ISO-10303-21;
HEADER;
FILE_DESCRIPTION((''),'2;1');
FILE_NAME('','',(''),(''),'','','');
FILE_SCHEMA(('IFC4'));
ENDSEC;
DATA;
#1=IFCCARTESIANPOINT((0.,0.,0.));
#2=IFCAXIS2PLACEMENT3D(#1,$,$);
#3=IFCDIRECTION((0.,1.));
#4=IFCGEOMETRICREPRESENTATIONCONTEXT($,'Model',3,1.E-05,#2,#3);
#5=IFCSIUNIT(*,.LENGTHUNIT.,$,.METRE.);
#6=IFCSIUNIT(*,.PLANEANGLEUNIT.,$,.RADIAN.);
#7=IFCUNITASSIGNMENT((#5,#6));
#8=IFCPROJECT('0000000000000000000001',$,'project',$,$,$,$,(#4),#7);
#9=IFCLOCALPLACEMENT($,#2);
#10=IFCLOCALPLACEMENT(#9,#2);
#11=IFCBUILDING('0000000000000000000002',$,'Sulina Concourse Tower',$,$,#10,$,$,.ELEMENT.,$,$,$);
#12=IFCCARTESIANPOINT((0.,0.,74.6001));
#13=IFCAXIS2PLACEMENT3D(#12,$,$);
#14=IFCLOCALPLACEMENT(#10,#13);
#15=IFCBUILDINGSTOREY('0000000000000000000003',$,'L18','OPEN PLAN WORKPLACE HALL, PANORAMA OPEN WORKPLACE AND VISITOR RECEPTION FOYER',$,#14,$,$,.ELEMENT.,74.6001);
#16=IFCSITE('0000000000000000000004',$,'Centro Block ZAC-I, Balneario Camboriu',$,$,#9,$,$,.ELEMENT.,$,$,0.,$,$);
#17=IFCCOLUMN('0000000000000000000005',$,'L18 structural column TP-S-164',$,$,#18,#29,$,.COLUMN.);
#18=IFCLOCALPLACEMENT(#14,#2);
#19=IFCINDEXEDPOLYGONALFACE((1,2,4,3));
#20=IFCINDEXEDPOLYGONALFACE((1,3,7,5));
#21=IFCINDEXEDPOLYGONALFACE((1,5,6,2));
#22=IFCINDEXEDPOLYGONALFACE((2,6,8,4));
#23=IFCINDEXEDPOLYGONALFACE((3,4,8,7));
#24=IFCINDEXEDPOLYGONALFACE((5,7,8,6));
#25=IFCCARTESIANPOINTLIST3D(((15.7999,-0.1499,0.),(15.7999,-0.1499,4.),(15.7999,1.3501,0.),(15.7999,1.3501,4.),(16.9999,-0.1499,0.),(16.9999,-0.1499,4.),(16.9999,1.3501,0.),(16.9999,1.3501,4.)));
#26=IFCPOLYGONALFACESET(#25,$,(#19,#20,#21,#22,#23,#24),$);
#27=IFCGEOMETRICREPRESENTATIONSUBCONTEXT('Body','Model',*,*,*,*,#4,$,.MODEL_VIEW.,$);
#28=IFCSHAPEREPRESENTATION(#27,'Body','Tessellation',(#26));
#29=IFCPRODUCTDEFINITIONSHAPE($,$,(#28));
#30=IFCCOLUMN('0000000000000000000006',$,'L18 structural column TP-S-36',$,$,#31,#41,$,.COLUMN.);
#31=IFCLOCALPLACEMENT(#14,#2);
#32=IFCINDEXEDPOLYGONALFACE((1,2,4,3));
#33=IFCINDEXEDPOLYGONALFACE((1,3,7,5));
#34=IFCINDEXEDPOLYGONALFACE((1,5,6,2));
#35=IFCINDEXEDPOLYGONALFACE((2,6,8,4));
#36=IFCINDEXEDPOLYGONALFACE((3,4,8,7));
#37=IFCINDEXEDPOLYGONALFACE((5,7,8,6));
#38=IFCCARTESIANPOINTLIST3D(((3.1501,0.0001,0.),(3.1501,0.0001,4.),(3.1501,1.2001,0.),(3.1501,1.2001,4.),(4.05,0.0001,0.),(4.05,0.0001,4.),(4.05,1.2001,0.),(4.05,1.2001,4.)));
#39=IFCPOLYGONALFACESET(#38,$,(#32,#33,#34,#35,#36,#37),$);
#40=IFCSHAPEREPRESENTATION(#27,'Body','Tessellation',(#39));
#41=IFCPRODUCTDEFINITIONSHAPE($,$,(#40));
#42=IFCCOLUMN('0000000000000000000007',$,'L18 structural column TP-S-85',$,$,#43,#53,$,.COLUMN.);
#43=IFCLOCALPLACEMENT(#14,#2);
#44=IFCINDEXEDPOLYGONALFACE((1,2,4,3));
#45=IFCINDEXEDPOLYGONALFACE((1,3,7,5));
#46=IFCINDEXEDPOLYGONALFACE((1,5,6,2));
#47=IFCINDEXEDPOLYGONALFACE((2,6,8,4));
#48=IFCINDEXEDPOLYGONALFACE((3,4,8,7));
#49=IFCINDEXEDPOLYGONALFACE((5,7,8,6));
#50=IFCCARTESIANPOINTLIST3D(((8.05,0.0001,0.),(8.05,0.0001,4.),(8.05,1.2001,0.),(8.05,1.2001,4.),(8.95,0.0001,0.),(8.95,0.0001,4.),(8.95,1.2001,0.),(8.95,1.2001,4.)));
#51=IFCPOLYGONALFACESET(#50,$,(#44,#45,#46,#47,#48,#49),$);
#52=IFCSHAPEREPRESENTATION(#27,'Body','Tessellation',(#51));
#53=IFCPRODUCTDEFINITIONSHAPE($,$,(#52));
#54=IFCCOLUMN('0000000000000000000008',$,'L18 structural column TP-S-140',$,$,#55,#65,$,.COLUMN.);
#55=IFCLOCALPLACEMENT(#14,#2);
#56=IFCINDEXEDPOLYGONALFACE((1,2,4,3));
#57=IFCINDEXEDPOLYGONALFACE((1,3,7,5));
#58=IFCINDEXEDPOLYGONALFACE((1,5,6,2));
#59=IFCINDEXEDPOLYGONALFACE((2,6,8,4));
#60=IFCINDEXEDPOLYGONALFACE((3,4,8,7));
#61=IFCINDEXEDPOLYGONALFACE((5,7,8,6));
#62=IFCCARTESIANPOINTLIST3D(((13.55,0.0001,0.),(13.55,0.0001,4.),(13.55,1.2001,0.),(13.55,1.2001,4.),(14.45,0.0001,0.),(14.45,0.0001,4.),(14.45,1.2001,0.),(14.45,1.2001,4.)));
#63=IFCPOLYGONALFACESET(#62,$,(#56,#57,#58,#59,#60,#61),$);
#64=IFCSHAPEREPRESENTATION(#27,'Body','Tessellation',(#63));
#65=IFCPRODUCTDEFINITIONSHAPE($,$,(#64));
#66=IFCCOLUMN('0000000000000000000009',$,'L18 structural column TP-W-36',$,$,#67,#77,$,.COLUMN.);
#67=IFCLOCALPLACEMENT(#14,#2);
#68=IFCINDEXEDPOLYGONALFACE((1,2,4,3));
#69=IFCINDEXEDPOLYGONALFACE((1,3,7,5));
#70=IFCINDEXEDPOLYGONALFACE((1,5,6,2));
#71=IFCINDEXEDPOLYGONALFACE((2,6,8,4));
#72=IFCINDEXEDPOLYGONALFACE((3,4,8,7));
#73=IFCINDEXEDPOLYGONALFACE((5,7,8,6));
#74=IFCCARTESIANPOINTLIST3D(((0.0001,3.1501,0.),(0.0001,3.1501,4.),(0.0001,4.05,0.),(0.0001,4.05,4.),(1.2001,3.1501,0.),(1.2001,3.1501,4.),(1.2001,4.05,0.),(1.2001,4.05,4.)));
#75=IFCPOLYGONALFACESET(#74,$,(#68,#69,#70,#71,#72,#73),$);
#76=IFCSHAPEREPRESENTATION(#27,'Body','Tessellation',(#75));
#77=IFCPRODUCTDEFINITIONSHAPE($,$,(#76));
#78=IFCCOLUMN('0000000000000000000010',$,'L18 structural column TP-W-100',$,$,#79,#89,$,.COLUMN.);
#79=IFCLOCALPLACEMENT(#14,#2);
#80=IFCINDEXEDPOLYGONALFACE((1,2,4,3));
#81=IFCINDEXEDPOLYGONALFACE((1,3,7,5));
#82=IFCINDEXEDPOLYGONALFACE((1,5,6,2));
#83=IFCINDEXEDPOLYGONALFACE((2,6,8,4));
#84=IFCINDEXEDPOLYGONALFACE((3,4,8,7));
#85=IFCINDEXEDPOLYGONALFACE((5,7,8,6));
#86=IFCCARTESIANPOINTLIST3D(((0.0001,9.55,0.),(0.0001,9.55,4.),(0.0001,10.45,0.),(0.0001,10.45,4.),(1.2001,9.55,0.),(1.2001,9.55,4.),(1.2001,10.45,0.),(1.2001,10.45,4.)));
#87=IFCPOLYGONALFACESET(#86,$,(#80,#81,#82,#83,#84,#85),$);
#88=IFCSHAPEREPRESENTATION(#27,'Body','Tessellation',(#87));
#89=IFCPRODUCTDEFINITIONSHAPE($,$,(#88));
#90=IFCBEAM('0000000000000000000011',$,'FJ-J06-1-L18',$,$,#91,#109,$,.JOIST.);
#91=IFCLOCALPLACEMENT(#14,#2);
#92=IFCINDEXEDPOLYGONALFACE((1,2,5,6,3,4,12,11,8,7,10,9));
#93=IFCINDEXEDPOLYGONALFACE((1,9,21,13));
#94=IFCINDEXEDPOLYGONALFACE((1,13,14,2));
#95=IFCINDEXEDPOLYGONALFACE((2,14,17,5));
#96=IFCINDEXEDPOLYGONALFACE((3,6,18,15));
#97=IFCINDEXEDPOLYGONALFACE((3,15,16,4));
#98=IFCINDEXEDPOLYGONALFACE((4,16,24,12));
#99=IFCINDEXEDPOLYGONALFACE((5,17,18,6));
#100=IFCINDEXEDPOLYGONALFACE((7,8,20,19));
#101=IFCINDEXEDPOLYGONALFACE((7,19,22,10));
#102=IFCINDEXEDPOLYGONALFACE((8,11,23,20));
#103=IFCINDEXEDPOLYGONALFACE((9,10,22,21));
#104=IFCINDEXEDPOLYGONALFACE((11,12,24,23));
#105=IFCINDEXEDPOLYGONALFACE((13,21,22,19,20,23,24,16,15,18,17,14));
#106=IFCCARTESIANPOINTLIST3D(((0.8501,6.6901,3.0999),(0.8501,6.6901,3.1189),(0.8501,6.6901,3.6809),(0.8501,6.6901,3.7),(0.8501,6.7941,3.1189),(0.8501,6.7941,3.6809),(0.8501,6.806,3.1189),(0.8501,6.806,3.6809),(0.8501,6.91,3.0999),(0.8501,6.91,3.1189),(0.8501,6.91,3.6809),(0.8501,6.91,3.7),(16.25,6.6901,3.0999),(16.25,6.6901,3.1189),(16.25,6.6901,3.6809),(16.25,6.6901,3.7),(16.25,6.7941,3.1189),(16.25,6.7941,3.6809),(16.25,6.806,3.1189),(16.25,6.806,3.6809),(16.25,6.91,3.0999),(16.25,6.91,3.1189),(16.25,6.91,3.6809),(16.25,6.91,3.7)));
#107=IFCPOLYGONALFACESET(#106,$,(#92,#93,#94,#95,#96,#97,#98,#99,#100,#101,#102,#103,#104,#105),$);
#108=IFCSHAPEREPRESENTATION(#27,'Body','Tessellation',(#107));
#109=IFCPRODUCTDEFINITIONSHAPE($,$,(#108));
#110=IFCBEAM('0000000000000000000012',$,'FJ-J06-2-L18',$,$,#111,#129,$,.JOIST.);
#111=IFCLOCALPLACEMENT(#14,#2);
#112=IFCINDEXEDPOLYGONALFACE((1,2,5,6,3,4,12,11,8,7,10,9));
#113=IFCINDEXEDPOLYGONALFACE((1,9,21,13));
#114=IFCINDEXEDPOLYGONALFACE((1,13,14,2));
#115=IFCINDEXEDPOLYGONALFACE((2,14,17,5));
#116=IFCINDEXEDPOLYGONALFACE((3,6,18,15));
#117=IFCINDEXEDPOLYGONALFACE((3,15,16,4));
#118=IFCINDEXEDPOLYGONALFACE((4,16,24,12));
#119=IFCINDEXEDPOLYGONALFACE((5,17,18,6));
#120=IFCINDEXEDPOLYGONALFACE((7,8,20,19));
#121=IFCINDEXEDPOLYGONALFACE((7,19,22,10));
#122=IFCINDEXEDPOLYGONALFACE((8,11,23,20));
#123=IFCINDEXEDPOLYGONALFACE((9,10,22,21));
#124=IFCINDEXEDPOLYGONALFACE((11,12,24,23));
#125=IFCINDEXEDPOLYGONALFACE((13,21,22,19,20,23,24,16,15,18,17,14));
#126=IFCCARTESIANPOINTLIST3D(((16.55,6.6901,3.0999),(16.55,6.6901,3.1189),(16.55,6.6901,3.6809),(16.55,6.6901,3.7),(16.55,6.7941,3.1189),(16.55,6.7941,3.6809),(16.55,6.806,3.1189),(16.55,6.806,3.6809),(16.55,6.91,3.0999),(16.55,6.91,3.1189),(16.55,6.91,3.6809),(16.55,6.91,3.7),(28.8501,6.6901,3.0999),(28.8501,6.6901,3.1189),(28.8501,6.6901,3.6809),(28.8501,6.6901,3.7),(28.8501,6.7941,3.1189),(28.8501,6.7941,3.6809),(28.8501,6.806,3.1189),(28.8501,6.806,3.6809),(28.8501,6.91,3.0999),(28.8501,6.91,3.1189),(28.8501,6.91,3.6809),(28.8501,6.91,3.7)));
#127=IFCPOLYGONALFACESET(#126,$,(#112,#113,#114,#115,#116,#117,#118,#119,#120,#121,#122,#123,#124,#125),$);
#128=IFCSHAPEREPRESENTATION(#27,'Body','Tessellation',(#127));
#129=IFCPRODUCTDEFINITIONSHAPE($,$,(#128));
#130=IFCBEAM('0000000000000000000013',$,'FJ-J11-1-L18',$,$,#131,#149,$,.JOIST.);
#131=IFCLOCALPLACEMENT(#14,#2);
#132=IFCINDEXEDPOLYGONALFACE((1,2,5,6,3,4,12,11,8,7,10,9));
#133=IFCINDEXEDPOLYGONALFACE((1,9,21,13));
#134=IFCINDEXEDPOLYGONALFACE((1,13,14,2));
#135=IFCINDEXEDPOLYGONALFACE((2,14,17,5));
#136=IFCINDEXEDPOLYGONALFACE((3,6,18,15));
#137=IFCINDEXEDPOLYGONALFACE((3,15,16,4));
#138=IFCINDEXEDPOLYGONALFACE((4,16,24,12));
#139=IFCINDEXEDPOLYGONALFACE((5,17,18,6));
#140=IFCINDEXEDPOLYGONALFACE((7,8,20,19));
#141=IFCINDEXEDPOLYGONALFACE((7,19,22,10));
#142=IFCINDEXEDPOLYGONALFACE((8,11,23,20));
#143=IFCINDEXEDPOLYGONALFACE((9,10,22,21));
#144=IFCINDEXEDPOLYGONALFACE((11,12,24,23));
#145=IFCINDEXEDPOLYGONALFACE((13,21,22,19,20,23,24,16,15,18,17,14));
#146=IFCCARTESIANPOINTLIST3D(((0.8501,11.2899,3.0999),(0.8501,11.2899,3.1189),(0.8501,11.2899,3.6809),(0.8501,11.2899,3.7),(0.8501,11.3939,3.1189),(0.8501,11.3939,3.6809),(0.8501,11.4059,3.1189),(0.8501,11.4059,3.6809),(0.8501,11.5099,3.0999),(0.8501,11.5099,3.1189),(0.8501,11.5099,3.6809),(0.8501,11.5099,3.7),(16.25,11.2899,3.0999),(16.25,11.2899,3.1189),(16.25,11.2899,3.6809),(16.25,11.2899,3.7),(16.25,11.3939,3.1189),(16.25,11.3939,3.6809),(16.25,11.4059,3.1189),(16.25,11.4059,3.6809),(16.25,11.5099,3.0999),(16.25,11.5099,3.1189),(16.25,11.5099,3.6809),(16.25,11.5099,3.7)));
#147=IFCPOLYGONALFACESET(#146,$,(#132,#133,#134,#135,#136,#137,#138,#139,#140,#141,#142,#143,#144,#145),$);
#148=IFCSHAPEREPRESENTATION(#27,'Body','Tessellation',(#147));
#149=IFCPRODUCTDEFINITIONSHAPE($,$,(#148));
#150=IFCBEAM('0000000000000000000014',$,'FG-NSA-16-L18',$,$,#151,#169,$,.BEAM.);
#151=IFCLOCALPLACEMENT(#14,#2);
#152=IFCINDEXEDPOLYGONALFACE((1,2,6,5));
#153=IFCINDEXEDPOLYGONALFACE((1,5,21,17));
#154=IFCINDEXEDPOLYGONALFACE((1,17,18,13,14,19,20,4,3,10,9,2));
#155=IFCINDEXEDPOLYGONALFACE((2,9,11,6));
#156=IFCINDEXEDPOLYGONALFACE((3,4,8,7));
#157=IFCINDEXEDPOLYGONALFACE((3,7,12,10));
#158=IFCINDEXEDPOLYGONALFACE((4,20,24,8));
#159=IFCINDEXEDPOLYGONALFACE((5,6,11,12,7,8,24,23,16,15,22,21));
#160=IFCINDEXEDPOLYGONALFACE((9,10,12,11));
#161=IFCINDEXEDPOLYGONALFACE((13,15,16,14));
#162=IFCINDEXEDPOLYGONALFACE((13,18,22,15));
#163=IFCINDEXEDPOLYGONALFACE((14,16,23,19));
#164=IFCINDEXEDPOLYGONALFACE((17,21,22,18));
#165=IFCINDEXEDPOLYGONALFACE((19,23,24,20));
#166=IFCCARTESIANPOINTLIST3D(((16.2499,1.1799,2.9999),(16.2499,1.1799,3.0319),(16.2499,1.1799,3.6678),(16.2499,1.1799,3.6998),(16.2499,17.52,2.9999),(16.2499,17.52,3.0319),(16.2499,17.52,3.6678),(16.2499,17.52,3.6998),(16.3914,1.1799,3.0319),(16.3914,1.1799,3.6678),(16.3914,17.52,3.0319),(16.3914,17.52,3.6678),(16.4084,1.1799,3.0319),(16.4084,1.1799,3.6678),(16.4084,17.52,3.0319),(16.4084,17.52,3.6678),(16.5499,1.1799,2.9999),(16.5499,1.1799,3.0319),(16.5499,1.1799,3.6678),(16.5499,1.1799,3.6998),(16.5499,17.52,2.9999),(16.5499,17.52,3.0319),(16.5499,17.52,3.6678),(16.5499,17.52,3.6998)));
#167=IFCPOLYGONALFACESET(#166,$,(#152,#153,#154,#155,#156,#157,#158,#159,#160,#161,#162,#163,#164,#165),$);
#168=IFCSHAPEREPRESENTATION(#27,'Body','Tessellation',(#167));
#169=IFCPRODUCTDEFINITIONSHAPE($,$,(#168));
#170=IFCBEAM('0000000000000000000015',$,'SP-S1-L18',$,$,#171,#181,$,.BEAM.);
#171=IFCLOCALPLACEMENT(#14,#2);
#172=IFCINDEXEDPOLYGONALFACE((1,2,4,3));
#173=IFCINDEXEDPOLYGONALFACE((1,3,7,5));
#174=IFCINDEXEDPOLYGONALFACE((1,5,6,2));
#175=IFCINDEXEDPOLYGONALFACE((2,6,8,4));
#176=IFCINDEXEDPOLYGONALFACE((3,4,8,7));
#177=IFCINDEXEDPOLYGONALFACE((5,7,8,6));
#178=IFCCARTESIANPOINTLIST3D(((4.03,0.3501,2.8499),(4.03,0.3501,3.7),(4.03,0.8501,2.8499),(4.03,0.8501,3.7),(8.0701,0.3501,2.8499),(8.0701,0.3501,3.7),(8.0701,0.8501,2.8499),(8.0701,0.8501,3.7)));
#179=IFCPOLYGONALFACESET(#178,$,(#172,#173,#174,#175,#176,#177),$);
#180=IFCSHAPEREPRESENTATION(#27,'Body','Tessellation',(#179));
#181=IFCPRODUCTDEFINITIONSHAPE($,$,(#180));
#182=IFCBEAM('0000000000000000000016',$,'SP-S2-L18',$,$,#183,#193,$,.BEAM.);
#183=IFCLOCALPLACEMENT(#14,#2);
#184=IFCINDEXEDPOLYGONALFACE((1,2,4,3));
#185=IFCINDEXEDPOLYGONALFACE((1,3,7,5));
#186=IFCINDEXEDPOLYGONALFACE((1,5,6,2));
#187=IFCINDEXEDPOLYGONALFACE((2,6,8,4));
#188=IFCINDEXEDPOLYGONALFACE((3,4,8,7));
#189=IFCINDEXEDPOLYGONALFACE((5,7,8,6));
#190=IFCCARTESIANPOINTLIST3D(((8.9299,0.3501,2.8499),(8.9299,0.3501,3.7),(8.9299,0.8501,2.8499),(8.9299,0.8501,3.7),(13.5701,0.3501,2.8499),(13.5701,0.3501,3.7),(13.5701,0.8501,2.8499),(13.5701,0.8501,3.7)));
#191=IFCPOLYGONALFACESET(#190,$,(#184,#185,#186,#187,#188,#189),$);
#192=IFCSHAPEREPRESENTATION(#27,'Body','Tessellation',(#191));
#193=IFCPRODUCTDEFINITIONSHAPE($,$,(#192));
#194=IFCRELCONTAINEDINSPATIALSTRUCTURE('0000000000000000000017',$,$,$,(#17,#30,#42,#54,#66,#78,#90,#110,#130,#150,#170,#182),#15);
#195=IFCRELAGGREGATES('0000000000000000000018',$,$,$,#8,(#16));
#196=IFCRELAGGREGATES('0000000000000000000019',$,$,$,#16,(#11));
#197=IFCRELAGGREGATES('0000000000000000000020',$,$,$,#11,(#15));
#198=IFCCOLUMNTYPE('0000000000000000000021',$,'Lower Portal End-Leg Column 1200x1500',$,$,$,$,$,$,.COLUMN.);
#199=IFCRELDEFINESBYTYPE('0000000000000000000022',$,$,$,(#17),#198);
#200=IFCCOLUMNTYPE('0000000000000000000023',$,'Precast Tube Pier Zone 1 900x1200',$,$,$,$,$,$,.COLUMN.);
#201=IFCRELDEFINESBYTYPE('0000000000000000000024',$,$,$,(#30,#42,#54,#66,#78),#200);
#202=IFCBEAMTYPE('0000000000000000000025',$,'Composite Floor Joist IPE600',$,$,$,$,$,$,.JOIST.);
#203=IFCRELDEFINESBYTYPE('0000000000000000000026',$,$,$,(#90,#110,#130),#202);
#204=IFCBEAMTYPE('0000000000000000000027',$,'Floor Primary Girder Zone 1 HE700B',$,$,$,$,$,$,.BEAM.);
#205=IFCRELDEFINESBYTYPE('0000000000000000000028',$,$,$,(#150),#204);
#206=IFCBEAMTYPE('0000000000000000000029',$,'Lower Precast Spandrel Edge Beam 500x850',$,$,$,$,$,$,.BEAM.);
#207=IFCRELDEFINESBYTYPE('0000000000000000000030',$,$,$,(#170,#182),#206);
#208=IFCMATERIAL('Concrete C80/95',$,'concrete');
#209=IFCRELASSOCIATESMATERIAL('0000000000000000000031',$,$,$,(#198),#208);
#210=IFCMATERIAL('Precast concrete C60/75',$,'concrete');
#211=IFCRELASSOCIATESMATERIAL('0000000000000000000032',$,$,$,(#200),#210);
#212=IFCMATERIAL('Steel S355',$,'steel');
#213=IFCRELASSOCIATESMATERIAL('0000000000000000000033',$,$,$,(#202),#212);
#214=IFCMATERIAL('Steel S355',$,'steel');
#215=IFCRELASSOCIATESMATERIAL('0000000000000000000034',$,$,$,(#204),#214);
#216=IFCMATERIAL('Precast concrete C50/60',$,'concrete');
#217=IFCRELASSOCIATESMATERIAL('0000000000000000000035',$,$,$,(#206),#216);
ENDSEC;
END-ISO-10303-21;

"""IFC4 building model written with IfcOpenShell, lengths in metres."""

from ifc_helpers import new_model, si_unit, direction, frame, origin, origin_2d, place, context, subcontext, project, spatial, rectangle, i_section, extrude, material, material_profile, profile_set, type_object, element, save


model = new_model("IFC4")

# Units and contexts
model_context = context("Model", 3, precision=1e-05, world=origin(), true_north=direction((0.0, 1.0)))
body_context = subcontext(model_context, "Body", "Model", "MODEL_VIEW")
ifc_project = project(units=[si_unit("LENGTHUNIT", "METRE"), si_unit("PLANEANGLEUNIT", "RADIAN")], contexts=[model_context])

# Site, building, storey
site_placement = place(None, origin())
site = spatial("IfcSite", under=ifc_project, at=site_placement, Name="Centro Block ZAC-I, Balneario Camboriu", CompositionType="ELEMENT", RefElevation=0.0)
building_placement = place(site_placement, origin())
building = spatial("IfcBuilding", under=site, at=building_placement, Name="Sulina Concourse Tower", CompositionType="ELEMENT")
storey_placement = place(building_placement, frame((0.0, 0.0, 74.6001)))
storey = spatial("IfcBuildingStorey", under=building, at=storey_placement, Name="L18", Description="OPEN PLAN WORKPLACE HALL, PANORAMA OPEN WORKPLACE AND VISITOR RECEPTION FOYER", CompositionType="ELEMENT", Elevation=74.6001)

# Columns
ifc_material_1 = material(Name="Concrete C80/95", Category="concrete")
ifc_material_profile_1 = material_profile(ifc_material_1, rectangle(XDim=1.2, YDim=1.5, at=origin_2d()), Name="RC 1200x1500")
ifc_profile_set_1 = profile_set([ifc_material_profile_1], Name="Concrete C80/95")
column_type_1 = type_object("IfcColumnType", Name="Lower Portal End-Leg Column 1200x1500", PredefinedType="COLUMN", material=ifc_profile_set_1)
column_placement = place(storey_placement, frame((16.3999, 0.6001, 0.0), z_axis=(0.0, 0.0, 1.0), x_axis=(1.0, 0.0, 0.0)))
element("IfcColumn", 1, at=column_placement, inside=storey, type_object=column_type_1, Name="L18 structural column TP-S-164", PredefinedType="COLUMN", context=body_context, shape_type="SweptSolid", body=[
    extrude(rectangle(XDim=1.2, YDim=1.5, at=origin_2d()), origin(), (0.0, 0.0, 1.0), 4.0),
])
ifc_material_2 = material(Name="Precast concrete C60/75", Category="concrete")
ifc_material_profile_2 = material_profile(ifc_material_2, rectangle(XDim=0.8999, YDim=1.2, at=origin_2d()), Name="PC 900x1200")
ifc_profile_set_2 = profile_set([ifc_material_profile_2], Name="Precast concrete C60/75")
column_type_2 = type_object("IfcColumnType", Name="Precast Tube Pier Zone 1 900x1200", PredefinedType="COLUMN", material=ifc_profile_set_2)
for number, where, z_axis, x_axis, name in (
    (2, (3.6001, 0.6001, 0.0), (0.0, 0.0, 1.0), (1.0, 0.0, 0.0), "L18 structural column TP-S-36"),
    (3, (8.5, 0.6001, 0.0), (0.0, 0.0, 1.0), (1.0, 0.0, 0.0), "L18 structural column TP-S-85"),
    (4, (14.0, 0.6001, 0.0), (0.0, 0.0, 1.0), (1.0, 0.0, 0.0), "L18 structural column TP-S-140"),
    (5, (0.6001, 3.6001, 0.0), (0.0, 0.0, 1.0), (0.0, 1.0, 0.0), "L18 structural column TP-W-36"),
    (6, (0.6001, 10.0, 0.0), (0.0, 0.0, 1.0), (0.0, 1.0, 0.0), "L18 structural column TP-W-100"),
):
    element("IfcColumn", number, at=place(storey_placement, frame(where, z_axis=z_axis, x_axis=x_axis)), inside=storey, type_object=column_type_2, Name=name, PredefinedType="COLUMN", context=body_context, shape_type="SweptSolid", body=[
        extrude(rectangle(XDim=0.8999, YDim=1.2, at=origin_2d()), origin(), (0.0, 0.0, 1.0), 4.0),
    ])

# Beams
ifc_material_3 = material(Name="Steel S355", Category="steel")
ifc_material_profile_3 = material_profile(ifc_material_3, i_section(OverallWidth=0.22, OverallDepth=0.6001, WebThickness=0.012, FlangeThickness=0.019, at=origin_2d()), Name="IPE 600")
ifc_profile_set_3 = profile_set([ifc_material_profile_3], Name="Steel S355")
beam_type_1 = type_object("IfcBeamType", Name="Composite Floor Joist IPE600", PredefinedType="JOIST", material=ifc_profile_set_3)
beam_1_placement = place(storey_placement, frame((0.8501, 6.8, 3.3999), z_axis=(1.0, 0.0, 0.0), x_axis=(0.0, 1.0, 0.0)))
element("IfcBeam", 7, at=beam_1_placement, inside=storey, type_object=beam_type_1, Name="FJ-J06-1-L18", PredefinedType="JOIST", context=body_context, shape_type="SweptSolid", body=[
    extrude(i_section(OverallWidth=0.22, OverallDepth=0.6001, WebThickness=0.012, FlangeThickness=0.019, at=origin_2d()), origin(), (0.0, 0.0, 1.0), 15.3999),
])
beam_2_placement = place(storey_placement, frame((16.55, 6.8, 3.3999), z_axis=(1.0, 0.0, 0.0), x_axis=(0.0, 1.0, 0.0)))
element("IfcBeam", 8, at=beam_2_placement, inside=storey, type_object=beam_type_1, Name="FJ-J06-2-L18", PredefinedType="JOIST", context=body_context, shape_type="SweptSolid", body=[
    extrude(i_section(OverallWidth=0.22, OverallDepth=0.6001, WebThickness=0.012, FlangeThickness=0.019, at=origin_2d()), origin(), (0.0, 0.0, 1.0), 12.3),
])
beam_3_placement = place(storey_placement, frame((0.8501, 11.3999, 3.3999), z_axis=(1.0, 0.0, 0.0), x_axis=(0.0, 1.0, 0.0)))
element("IfcBeam", 9, at=beam_3_placement, inside=storey, type_object=beam_type_1, Name="FJ-J11-1-L18", PredefinedType="JOIST", context=body_context, shape_type="SweptSolid", body=[
    extrude(i_section(OverallWidth=0.22, OverallDepth=0.6001, WebThickness=0.012, FlangeThickness=0.019, at=origin_2d()), origin(), (0.0, 0.0, 1.0), 15.3999),
])
ifc_material_4 = material(Name="Steel S355", Category="steel")
ifc_material_profile_4 = material_profile(ifc_material_4, i_section(OverallWidth=0.3, OverallDepth=0.7, WebThickness=0.0171, FlangeThickness=0.032, at=origin_2d()), Name="HE 700 B")
ifc_profile_set_4 = profile_set([ifc_material_profile_4], Name="Steel S355")
beam_type_2 = type_object("IfcBeamType", Name="Floor Primary Girder Zone 1 HE700B", PredefinedType="BEAM", material=ifc_profile_set_4)
beam_4_placement = place(storey_placement, frame((16.3999, 1.1799, 3.3499), z_axis=(0.0, 1.0, 0.0), x_axis=(-1.0, 0.0, 0.0)))
element("IfcBeam", 10, at=beam_4_placement, inside=storey, type_object=beam_type_2, Name="FG-NSA-16-L18", PredefinedType="BEAM", context=body_context, shape_type="SweptSolid", body=[
    extrude(i_section(OverallWidth=0.3, OverallDepth=0.7, WebThickness=0.0171, FlangeThickness=0.032, at=origin_2d()), origin(), (0.0, 0.0, 1.0), 16.3401),
])
ifc_material_5 = material(Name="Precast concrete C50/60", Category="concrete")
ifc_material_profile_5 = material_profile(ifc_material_5, rectangle(XDim=0.5, YDim=0.8501, at=origin_2d()), Name="RC 500x850")
ifc_profile_set_5 = profile_set([ifc_material_profile_5], Name="Precast concrete C50/60")
beam_type_3 = type_object("IfcBeamType", Name="Lower Precast Spandrel Edge Beam 500x850", PredefinedType="BEAM", material=ifc_profile_set_5)
beam_5_placement = place(storey_placement, frame((4.03, 0.6001, 3.2749), z_axis=(1.0, 0.0, 0.0), x_axis=(0.0, 1.0, 0.0)))
element("IfcBeam", 11, at=beam_5_placement, inside=storey, type_object=beam_type_3, Name="SP-S1-L18", PredefinedType="BEAM", context=body_context, shape_type="SweptSolid", body=[
    extrude(rectangle(XDim=0.5, YDim=0.8501, at=origin_2d()), origin(), (0.0, 0.0, 1.0), 4.04),
])
beam_6_placement = place(storey_placement, frame((8.9299, 0.6001, 3.2749), z_axis=(1.0, 0.0, 0.0), x_axis=(0.0, 1.0, 0.0)))
element("IfcBeam", 12, at=beam_6_placement, inside=storey, type_object=beam_type_3, Name="SP-S2-L18", PredefinedType="BEAM", context=body_context, shape_type="SweptSolid", body=[
    extrude(rectangle(XDim=0.5, YDim=0.8501, at=origin_2d()), origin(), (0.0, 0.0, 1.0), 4.6401),
])

save(model, "model.ifc")
